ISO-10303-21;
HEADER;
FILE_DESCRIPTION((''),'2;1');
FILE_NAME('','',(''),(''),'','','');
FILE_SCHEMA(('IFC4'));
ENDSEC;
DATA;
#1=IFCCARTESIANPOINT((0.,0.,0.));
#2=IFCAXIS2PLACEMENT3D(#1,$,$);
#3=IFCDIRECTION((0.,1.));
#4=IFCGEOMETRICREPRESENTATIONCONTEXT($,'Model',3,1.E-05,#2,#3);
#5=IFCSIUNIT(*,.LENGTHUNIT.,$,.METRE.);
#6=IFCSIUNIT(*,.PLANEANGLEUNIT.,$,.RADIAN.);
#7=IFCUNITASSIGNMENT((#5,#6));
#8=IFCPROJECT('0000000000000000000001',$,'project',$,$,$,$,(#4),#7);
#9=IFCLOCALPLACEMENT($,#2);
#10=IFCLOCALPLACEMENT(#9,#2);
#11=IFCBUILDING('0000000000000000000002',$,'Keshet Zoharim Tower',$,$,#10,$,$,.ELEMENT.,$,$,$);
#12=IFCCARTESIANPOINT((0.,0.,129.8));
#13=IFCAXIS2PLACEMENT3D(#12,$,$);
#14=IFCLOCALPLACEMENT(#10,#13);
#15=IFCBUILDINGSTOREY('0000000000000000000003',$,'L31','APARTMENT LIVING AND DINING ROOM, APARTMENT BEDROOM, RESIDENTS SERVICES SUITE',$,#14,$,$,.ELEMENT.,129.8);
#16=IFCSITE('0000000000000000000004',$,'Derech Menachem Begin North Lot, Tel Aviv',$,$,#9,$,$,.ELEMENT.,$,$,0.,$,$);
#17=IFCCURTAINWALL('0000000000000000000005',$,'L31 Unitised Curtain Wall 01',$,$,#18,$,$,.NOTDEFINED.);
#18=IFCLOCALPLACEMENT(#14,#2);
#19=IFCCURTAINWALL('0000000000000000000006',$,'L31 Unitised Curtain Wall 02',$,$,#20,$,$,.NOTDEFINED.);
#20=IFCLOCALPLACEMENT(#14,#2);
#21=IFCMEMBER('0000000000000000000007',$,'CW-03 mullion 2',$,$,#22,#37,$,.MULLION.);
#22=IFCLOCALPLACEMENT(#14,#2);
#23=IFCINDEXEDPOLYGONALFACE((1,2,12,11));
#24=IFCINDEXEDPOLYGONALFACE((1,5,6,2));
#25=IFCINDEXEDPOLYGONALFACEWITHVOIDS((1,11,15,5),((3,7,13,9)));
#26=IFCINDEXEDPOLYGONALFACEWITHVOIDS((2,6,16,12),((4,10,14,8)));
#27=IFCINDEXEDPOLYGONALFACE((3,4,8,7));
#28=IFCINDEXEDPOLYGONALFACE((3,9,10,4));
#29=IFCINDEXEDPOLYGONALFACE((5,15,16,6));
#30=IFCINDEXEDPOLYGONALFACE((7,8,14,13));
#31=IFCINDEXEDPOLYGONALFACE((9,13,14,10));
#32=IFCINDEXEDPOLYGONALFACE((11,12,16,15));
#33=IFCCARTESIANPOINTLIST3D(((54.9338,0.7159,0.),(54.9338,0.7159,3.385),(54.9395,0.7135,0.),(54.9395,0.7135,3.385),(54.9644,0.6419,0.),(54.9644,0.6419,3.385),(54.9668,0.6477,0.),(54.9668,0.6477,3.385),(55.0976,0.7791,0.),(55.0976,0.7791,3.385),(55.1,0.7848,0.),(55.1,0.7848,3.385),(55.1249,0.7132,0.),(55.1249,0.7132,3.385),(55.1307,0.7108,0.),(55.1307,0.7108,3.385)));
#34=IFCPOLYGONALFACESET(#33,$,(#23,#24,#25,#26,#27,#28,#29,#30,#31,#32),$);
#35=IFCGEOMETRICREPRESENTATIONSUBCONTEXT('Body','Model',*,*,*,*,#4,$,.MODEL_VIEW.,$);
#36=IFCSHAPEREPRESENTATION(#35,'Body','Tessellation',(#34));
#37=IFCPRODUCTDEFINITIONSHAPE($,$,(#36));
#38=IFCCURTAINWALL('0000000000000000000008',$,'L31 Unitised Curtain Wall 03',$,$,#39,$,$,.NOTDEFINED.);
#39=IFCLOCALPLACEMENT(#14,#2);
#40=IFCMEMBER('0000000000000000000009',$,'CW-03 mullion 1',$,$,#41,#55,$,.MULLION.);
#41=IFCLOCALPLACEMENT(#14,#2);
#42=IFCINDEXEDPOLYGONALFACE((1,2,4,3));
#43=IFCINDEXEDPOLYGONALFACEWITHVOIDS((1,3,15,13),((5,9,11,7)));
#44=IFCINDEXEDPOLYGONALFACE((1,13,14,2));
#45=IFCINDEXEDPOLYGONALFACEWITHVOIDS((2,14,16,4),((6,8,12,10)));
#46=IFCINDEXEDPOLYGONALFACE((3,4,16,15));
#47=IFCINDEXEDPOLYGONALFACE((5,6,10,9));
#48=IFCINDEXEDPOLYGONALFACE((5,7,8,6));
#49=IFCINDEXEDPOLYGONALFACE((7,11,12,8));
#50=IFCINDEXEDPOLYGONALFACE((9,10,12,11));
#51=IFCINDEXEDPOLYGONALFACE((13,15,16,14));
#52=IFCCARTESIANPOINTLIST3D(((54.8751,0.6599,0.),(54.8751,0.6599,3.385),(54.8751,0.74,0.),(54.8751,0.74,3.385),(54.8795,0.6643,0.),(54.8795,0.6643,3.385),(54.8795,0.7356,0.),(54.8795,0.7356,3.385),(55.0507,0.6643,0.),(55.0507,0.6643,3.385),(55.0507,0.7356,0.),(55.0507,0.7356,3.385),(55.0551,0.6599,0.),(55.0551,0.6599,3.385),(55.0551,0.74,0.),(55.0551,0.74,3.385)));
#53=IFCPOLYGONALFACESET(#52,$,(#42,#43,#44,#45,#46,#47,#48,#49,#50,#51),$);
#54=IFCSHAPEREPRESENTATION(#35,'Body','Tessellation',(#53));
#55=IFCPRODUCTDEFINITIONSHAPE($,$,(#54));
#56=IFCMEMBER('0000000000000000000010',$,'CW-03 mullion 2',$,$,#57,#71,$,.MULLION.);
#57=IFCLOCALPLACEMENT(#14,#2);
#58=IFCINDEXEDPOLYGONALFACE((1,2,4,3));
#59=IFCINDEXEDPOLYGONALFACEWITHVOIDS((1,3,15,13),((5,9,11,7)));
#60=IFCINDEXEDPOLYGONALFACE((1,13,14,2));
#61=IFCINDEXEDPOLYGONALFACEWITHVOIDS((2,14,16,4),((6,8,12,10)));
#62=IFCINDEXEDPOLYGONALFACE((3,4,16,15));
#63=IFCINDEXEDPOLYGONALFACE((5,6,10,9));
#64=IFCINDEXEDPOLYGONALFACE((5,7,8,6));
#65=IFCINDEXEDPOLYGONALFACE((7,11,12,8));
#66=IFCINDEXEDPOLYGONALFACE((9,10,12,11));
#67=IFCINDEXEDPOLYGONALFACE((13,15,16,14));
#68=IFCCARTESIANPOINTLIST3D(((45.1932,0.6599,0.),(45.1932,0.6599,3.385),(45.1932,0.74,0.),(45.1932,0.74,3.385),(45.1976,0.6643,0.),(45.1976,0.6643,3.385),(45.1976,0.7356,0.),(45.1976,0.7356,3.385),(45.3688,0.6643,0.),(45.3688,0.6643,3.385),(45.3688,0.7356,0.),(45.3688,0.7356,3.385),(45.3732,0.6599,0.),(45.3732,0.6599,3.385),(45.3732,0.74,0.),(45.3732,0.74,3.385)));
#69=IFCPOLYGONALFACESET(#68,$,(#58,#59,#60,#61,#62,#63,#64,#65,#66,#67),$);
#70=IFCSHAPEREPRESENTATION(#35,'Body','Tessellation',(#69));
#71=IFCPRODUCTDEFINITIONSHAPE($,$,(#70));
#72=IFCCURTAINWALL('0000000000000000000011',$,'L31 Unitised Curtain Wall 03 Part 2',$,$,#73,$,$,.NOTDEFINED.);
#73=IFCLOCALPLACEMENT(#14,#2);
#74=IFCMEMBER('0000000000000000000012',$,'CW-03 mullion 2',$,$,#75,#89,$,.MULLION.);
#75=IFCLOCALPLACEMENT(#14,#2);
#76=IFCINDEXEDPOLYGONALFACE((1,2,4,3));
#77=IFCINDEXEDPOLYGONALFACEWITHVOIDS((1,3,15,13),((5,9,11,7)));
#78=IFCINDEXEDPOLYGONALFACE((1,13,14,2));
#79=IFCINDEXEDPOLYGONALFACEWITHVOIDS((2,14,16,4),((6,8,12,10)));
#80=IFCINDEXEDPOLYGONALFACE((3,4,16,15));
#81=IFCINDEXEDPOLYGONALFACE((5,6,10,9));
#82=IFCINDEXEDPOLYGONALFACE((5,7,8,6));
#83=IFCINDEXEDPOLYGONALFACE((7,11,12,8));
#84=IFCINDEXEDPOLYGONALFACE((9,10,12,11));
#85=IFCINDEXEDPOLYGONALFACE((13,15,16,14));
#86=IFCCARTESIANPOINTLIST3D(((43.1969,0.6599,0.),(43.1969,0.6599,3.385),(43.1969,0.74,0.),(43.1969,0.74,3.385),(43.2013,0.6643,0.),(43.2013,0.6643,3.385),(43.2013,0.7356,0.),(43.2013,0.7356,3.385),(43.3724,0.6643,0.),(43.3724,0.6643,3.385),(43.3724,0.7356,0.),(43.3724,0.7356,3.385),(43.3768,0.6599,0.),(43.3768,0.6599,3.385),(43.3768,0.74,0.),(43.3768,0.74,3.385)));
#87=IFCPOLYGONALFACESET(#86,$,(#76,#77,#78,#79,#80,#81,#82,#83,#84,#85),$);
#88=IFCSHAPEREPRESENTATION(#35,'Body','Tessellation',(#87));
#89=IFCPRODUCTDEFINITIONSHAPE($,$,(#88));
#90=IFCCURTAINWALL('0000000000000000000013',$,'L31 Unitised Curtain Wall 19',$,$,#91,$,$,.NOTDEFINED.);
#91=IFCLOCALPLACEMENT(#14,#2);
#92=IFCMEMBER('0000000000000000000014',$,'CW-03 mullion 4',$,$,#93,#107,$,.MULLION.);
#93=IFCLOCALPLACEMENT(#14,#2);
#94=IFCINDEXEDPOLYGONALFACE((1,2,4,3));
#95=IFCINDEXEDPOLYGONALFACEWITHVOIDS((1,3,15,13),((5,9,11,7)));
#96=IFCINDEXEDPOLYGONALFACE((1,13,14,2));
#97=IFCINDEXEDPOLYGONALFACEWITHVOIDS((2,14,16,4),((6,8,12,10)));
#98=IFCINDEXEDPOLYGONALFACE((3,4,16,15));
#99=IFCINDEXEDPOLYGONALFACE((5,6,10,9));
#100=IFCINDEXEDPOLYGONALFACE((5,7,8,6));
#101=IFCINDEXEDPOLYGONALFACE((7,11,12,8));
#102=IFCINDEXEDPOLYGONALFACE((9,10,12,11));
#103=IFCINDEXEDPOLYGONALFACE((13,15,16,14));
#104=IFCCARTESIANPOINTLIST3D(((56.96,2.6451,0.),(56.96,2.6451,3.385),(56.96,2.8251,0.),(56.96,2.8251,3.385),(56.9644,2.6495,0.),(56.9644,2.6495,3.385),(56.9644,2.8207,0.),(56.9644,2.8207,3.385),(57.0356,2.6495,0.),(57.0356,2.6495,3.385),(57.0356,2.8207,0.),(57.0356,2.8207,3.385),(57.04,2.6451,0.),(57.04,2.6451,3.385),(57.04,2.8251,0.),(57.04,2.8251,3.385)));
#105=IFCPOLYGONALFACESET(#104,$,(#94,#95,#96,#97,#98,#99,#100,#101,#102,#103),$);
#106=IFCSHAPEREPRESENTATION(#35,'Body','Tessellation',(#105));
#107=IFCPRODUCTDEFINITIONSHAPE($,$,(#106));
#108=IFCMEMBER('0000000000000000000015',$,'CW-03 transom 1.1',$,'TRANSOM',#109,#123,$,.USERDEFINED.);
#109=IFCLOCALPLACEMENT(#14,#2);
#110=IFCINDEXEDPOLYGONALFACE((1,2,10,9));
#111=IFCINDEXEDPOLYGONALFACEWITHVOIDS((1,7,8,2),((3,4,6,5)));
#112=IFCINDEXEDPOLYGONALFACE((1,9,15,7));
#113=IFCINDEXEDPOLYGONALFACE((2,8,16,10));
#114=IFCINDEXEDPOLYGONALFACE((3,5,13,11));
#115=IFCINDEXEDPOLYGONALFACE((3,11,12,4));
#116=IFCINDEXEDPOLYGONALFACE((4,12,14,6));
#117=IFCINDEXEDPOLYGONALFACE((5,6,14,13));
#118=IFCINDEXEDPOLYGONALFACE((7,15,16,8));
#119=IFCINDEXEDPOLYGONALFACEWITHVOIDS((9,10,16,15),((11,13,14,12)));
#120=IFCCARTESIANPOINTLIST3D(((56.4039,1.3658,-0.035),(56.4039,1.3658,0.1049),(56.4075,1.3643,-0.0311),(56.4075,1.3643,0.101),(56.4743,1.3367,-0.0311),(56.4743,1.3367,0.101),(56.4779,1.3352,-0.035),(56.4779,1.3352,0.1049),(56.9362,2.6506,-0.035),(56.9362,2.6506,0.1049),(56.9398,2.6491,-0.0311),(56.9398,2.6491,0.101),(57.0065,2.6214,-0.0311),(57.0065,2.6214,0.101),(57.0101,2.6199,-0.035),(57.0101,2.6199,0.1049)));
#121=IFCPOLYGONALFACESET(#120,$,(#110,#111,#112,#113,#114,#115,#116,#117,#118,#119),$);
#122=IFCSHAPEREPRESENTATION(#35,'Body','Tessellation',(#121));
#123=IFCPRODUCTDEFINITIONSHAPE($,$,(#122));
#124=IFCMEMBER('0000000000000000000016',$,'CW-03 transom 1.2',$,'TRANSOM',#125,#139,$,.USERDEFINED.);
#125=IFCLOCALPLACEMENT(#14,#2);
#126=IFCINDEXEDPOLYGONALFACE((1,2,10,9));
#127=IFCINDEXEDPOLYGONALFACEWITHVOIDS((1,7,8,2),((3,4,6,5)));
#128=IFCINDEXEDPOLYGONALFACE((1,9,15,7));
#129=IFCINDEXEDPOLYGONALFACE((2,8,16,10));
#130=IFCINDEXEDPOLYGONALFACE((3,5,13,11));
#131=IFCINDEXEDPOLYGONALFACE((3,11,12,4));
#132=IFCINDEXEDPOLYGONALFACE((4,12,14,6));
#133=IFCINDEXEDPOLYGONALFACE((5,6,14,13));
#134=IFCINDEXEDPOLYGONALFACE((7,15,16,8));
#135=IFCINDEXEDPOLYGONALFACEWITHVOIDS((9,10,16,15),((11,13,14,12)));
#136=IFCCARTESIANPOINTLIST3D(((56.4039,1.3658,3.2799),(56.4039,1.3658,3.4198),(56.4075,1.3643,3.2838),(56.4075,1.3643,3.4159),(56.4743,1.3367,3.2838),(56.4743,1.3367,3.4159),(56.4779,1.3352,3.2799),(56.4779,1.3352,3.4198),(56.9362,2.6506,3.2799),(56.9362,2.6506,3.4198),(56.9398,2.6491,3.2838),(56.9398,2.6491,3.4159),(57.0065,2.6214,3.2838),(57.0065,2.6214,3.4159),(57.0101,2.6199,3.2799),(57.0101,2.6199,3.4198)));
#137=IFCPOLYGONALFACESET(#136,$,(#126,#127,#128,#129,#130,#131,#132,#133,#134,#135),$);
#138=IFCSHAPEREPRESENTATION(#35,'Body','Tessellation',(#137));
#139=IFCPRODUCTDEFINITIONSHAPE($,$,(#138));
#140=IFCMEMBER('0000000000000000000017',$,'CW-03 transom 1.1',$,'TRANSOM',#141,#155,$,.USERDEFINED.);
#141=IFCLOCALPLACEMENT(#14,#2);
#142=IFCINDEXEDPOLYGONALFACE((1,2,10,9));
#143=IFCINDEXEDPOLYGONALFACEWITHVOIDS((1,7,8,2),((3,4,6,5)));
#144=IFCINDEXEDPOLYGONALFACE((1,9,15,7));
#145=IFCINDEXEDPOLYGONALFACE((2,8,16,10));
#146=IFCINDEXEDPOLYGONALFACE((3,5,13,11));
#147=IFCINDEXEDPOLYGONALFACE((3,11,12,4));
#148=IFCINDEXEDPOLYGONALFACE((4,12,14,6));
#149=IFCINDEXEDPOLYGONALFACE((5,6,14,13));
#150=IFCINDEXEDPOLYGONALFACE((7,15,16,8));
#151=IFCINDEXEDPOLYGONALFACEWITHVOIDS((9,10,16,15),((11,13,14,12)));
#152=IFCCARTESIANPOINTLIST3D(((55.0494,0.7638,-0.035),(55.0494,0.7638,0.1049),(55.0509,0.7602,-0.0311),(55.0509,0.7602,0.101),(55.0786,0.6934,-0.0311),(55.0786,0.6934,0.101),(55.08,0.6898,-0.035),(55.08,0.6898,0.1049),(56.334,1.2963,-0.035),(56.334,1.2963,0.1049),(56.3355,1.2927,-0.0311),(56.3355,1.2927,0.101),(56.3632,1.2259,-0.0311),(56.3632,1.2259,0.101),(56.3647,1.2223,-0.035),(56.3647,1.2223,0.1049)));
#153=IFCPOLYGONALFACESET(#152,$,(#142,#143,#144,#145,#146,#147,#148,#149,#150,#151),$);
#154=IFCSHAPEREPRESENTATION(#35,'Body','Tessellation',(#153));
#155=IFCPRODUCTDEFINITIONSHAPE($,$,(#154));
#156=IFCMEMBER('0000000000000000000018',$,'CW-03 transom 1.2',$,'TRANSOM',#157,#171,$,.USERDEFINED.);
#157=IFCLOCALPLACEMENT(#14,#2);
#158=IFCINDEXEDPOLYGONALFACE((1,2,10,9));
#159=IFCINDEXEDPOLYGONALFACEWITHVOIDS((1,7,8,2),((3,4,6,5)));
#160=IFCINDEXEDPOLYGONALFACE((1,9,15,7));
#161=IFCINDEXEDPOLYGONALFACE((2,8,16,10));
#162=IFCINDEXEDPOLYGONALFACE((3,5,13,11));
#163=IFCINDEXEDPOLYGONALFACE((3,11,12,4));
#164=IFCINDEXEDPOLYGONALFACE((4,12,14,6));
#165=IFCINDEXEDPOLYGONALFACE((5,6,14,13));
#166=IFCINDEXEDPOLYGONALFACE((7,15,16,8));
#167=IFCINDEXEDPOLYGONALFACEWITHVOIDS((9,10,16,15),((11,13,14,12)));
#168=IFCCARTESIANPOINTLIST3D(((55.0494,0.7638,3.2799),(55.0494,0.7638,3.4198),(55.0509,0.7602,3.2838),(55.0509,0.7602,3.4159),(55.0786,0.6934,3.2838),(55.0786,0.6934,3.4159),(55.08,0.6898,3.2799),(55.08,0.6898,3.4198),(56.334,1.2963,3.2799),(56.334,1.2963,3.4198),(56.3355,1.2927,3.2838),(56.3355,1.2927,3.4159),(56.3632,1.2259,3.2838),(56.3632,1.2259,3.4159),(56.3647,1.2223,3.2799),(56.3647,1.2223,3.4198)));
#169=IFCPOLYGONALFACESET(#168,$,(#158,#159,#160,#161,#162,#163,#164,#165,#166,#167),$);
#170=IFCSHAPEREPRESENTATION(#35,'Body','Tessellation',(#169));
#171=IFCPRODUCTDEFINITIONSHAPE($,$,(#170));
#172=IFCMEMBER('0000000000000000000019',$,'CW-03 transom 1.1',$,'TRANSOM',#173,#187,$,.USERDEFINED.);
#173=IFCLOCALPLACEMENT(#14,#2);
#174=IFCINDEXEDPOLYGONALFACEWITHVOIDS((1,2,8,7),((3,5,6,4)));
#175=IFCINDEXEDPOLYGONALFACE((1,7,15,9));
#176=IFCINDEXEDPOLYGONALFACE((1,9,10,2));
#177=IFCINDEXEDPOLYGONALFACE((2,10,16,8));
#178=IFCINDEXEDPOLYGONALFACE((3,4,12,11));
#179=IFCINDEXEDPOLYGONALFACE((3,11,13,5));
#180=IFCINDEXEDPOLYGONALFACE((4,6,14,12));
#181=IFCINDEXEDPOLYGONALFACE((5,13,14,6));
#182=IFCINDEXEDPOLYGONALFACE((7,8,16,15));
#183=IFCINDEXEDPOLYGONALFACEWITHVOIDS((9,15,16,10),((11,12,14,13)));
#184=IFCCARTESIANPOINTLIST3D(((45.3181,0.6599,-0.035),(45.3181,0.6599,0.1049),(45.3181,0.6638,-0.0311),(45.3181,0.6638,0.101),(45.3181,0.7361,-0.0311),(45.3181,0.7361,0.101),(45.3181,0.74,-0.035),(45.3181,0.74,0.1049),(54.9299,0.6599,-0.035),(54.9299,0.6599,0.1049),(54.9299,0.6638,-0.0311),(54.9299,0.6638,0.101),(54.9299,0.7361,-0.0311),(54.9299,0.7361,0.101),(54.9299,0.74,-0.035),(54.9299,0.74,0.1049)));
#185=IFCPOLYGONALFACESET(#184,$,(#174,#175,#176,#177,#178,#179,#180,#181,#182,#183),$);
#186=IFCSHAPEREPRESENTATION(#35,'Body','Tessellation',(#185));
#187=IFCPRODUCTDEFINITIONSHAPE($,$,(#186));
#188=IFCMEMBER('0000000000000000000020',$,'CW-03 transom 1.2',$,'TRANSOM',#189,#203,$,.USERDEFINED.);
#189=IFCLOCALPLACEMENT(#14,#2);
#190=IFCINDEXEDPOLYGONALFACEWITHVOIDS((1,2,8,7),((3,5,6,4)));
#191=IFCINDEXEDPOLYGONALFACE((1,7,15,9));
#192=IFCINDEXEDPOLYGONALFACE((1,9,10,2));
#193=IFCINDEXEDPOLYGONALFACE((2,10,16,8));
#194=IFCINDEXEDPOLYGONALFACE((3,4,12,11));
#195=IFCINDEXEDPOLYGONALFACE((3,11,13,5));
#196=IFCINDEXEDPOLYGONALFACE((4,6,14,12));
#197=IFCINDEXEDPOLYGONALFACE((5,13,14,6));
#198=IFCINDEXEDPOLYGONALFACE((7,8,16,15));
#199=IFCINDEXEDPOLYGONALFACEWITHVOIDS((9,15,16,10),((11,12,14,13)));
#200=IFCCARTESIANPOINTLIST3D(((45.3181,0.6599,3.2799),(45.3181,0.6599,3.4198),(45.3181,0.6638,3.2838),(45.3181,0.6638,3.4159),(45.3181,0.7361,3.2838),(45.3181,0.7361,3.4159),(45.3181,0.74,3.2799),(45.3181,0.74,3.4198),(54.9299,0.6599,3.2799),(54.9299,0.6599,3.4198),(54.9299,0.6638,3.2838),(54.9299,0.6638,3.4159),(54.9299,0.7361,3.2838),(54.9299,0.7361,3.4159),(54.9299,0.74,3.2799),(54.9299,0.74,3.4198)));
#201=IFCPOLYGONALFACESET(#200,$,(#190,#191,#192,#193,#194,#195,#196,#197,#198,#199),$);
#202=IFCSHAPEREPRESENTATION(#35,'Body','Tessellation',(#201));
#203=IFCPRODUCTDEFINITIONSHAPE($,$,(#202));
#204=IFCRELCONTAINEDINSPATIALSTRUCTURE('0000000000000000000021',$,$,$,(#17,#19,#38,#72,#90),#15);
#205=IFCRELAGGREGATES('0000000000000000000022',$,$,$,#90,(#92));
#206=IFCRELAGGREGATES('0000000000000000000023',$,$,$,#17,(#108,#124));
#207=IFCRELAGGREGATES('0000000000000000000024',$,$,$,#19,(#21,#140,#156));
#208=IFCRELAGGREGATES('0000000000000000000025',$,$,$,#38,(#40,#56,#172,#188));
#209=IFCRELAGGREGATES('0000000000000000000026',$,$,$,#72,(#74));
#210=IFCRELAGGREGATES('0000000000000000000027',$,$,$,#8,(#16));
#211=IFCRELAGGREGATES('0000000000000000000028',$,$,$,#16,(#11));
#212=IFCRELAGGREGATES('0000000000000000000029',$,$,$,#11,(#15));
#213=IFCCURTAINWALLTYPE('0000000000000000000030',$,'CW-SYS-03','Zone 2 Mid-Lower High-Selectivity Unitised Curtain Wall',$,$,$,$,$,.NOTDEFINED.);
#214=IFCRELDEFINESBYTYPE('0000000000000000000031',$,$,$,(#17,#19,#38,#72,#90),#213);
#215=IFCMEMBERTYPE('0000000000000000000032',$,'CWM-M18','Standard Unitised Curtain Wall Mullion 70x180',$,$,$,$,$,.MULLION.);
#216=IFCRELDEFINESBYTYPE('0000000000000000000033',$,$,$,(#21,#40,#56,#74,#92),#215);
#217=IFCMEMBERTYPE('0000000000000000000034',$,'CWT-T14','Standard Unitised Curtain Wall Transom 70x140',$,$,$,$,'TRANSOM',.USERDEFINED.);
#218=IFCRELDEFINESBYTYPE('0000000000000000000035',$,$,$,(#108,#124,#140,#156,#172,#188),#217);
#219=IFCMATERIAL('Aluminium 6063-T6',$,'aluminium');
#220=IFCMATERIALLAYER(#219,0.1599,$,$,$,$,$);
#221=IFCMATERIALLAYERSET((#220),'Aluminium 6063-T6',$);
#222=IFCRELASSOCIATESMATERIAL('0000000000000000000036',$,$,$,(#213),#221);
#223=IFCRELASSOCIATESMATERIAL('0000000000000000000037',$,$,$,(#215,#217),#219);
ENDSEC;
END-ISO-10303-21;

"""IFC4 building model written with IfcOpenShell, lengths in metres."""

from ifc_helpers import new_model, si_unit, direction, frame, origin, origin_2d, place, context, subcontext, project, spatial, hollow_rectangle, extrude, material, layer, layer_set, material_profile, profile_set, type_object, element, aggregate, save


model = new_model("IFC4")

# Units and contexts
model_context = context("Model", 3, precision=1e-05, world=origin(), true_north=direction((0.0, 1.0)))
body_context = subcontext(model_context, "Body", "Model", "MODEL_VIEW")
ifc_project = project(units=[si_unit("LENGTHUNIT", "METRE"), si_unit("PLANEANGLEUNIT", "RADIAN")], contexts=[model_context])

# Site, building, storey
site_placement = place(None, origin())
site = spatial("IfcSite", under=ifc_project, at=site_placement, Name="Derech Menachem Begin North Lot, Tel Aviv", CompositionType="ELEMENT", RefElevation=0.0)
building_placement = place(site_placement, origin())
building = spatial("IfcBuilding", under=site, at=building_placement, Name="Keshet Zoharim Tower", CompositionType="ELEMENT")
storey_placement = place(building_placement, frame((0.0, 0.0, 129.8)))
storey = spatial("IfcBuildingStorey", under=building, at=storey_placement, Name="L31", Description="APARTMENT LIVING AND DINING ROOM, APARTMENT BEDROOM, RESIDENTS SERVICES SUITE", CompositionType="ELEMENT", Elevation=129.8)

# Curtain walls, members
ifc_material_1 = material(Name="Aluminium 6063-T6", Category="aluminium")
ifc_layer_1 = layer(ifc_material_1, 0.1599)
ifc_layer_set_1 = layer_set([ifc_layer_1], Name="Aluminium 6063-T6")
curtain_wall_type = type_object("IfcCurtainWallType", Name="CW-SYS-03", Description="Zone 2 Mid-Lower High-Selectivity Unitised Curtain Wall", PredefinedType="NOTDEFINED", material=ifc_layer_set_1)
curtain_wall_1_placement = place(storey_placement, origin())
curtain_wall_1 = element("IfcCurtainWall", 1, at=curtain_wall_1_placement, inside=storey, type_object=curtain_wall_type, Name="L31 Unitised Curtain Wall 01", PredefinedType="NOTDEFINED")
ifc_material_profile_1 = material_profile(ifc_material_1, hollow_rectangle(XDim=0.0801, YDim=0.1799, WallThickness=0.0044, at=origin_2d()), Name="MUL-80x180")
ifc_profile_set_1 = profile_set([ifc_material_profile_1], Name="Aluminium 6063-T6")
member_type_1 = type_object("IfcMemberType", Name="CWM-M18", Description="Standard Unitised Curtain Wall Mullion 70x180", PredefinedType="MULLION", material=ifc_profile_set_1)
curtain_wall_2_placement = place(storey_placement, origin())
curtain_wall_2 = element("IfcCurtainWall", 2, at=curtain_wall_2_placement, inside=storey, type_object=curtain_wall_type, Name="L31 Unitised Curtain Wall 02", PredefinedType="NOTDEFINED")
member_1_placement = place(storey_placement, frame((55.0322, 0.7134, 0.0), z_axis=(0.0, 0.0, 1.0), x_axis=(0.382852, -0.92381, 0.0)))
member_1 = element("IfcMember", 3, at=member_1_placement, type_object=member_type_1, Name="CW-03 mullion 2", PredefinedType="MULLION", context=body_context, shape_type="SweptSolid", body=[
    extrude(hollow_rectangle(XDim=0.0801, YDim=0.1799, WallThickness=0.0044, at=origin_2d()), origin(), (0.0, 0.0, 1.0), 3.385),
])
curtain_wall_3_placement = place(storey_placement, origin())
curtain_wall_3 = element("IfcCurtainWall", 4, at=curtain_wall_3_placement, inside=storey, type_object=curtain_wall_type, Name="L31 Unitised Curtain Wall 03", PredefinedType="NOTDEFINED")
member_2_placement = place(storey_placement, frame((54.9651, 0.7, 0.0), z_axis=(0.0, 0.0, 1.0), x_axis=(0.0, -1.0, 0.0)))
member_2 = element("IfcMember", 5, at=member_2_placement, type_object=member_type_1, Name="CW-03 mullion 1", PredefinedType="MULLION", context=body_context, shape_type="SweptSolid", body=[
    extrude(hollow_rectangle(XDim=0.0801, YDim=0.1799, WallThickness=0.0044, at=origin_2d()), origin(), (0.0, 0.0, 1.0), 3.385),
])
member_3_placement = place(storey_placement, frame((45.2832, 0.7, 0.0), z_axis=(0.0, 0.0, 1.0), x_axis=(0.0, -1.0, 0.0)))
member_3 = element("IfcMember", 6, at=member_3_placement, type_object=member_type_1, Name="CW-03 mullion 2", PredefinedType="MULLION", context=body_context, shape_type="SweptSolid", body=[
    extrude(hollow_rectangle(XDim=0.0801, YDim=0.1799, WallThickness=0.0044, at=origin_2d()), origin(), (0.0, 0.0, 1.0), 3.385),
])

# Curtain walls, members
curtain_wall_4_placement = place(storey_placement, origin())
curtain_wall_4 = element("IfcCurtainWall", 7, at=curtain_wall_4_placement, inside=storey, type_object=curtain_wall_type, Name="L31 Unitised Curtain Wall 03 Part 2", PredefinedType="NOTDEFINED")
member_4_placement = place(storey_placement, frame((43.2869, 0.7, 0.0), z_axis=(0.0, 0.0, 1.0), x_axis=(0.0, -1.0, 0.0)))
member_4 = element("IfcMember", 8, at=member_4_placement, type_object=member_type_1, Name="CW-03 mullion 2", PredefinedType="MULLION", context=body_context, shape_type="SweptSolid", body=[
    extrude(hollow_rectangle(XDim=0.0801, YDim=0.1799, WallThickness=0.0044, at=origin_2d()), origin(), (0.0, 0.0, 1.0), 3.385),
])
curtain_wall_5_placement = place(storey_placement, origin())
curtain_wall_5 = element("IfcCurtainWall", 9, at=curtain_wall_5_placement, inside=storey, type_object=curtain_wall_type, Name="L31 Unitised Curtain Wall 19", PredefinedType="NOTDEFINED")
member_5_placement = place(storey_placement, frame((57.0, 2.7351, 0.0), z_axis=(0.0, 0.0, 1.0), x_axis=(1.0, 0.0, 0.0)))
member_5 = element("IfcMember", 10, at=member_5_placement, type_object=member_type_1, Name="CW-03 mullion 4", PredefinedType="MULLION", context=body_context, shape_type="SweptSolid", body=[
    extrude(hollow_rectangle(XDim=0.0801, YDim=0.1799, WallThickness=0.0044, at=origin_2d()), origin(), (0.0, 0.0, 1.0), 3.385),
])
aggregate(curtain_wall_5, [member_5])

# Members
ifc_material_profile_2 = material_profile(ifc_material_1, hollow_rectangle(XDim=0.0801, YDim=0.1399, WallThickness=0.0039, at=origin_2d()), Name="TRN-80x140")
ifc_profile_set_2 = profile_set([ifc_material_profile_2], Name="Aluminium 6063-T6")
member_type_2 = type_object("IfcMemberType", Name="CWT-T14", Description="Standard Unitised Curtain Wall Transom 70x140", ElementType="TRANSOM", PredefinedType="USERDEFINED", material=ifc_profile_set_2)
member_6_placement = place(storey_placement, frame((56.9731, 2.6353, 0.0349), z_axis=(-0.382745, -0.923854, 0.0), x_axis=(0.923854, -0.382745, 0.0)))
member_6 = element("IfcMember", 11, at=member_6_placement, type_object=member_type_2, Name="CW-03 transom 1.1", ObjectType="TRANSOM", PredefinedType="USERDEFINED", context=body_context, shape_type="SweptSolid", body=[
    extrude(hollow_rectangle(XDim=0.0801, YDim=0.1399, WallThickness=0.0039, at=origin_2d()), origin(), (0.0, 0.0, 1.0), 1.3906),
])
member_7_placement = place(storey_placement, frame((56.9731, 2.6353, 3.3499), z_axis=(-0.382745, -0.923854, 0.0), x_axis=(0.923854, -0.382745, 0.0)))
member_7 = element("IfcMember", 12, at=member_7_placement, type_object=member_type_2, Name="CW-03 transom 1.2", ObjectType="TRANSOM", PredefinedType="USERDEFINED", context=body_context, shape_type="SweptSolid", body=[
    extrude(hollow_rectangle(XDim=0.0801, YDim=0.1399, WallThickness=0.0039, at=origin_2d()), origin(), (0.0, 0.0, 1.0), 1.3906),
])
member_8_placement = place(storey_placement, frame((56.3494, 1.2593, 0.0349), z_axis=(-0.923792, -0.382894, 0.0), x_axis=(0.382894, -0.923792, 0.0)))
member_8 = element("IfcMember", 13, at=member_8_placement, type_object=member_type_2, Name="CW-03 transom 1.1", ObjectType="TRANSOM", PredefinedType="USERDEFINED", context=body_context, shape_type="SweptSolid", body=[
    extrude(hollow_rectangle(XDim=0.0801, YDim=0.1399, WallThickness=0.0039, at=origin_2d()), origin(), (0.0, 0.0, 1.0), 1.3906),
])
member_9_placement = place(storey_placement, frame((56.3494, 1.2593, 3.3499), z_axis=(-0.923792, -0.382894, 0.0), x_axis=(0.382894, -0.923792, 0.0)))
member_9 = element("IfcMember", 14, at=member_9_placement, type_object=member_type_2, Name="CW-03 transom 1.2", ObjectType="TRANSOM", PredefinedType="USERDEFINED", context=body_context, shape_type="SweptSolid", body=[
    extrude(hollow_rectangle(XDim=0.0801, YDim=0.1399, WallThickness=0.0039, at=origin_2d()), origin(), (0.0, 0.0, 1.0), 1.3906),
])
member_10_placement = place(storey_placement, frame((54.9299, 0.7, 0.0349), z_axis=(-1.0, 0.0, 0.0), x_axis=(0.0, -1.0, 0.0)))
member_10 = element("IfcMember", 15, at=member_10_placement, type_object=member_type_2, Name="CW-03 transom 1.1", ObjectType="TRANSOM", PredefinedType="USERDEFINED", context=body_context, shape_type="SweptSolid", body=[
    extrude(hollow_rectangle(XDim=0.0801, YDim=0.1399, WallThickness=0.0039, at=origin_2d()), origin(), (0.0, 0.0, 1.0), 9.6118),
])
member_11_placement = place(storey_placement, frame((54.9299, 0.7, 3.3499), z_axis=(-1.0, 0.0, 0.0), x_axis=(0.0, -1.0, 0.0)))
member_11 = element("IfcMember", 16, at=member_11_placement, type_object=member_type_2, Name="CW-03 transom 1.2", ObjectType="TRANSOM", PredefinedType="USERDEFINED", context=body_context, shape_type="SweptSolid", body=[
    extrude(hollow_rectangle(XDim=0.0801, YDim=0.1399, WallThickness=0.0039, at=origin_2d()), origin(), (0.0, 0.0, 1.0), 9.6118),
])

aggregate(curtain_wall_1, [member_6, member_7])
aggregate(curtain_wall_2, [member_1, member_8, member_9])
aggregate(curtain_wall_3, [member_2, member_3, member_10, member_11])
aggregate(curtain_wall_4, [member_4])

save(model, "model.ifc")
